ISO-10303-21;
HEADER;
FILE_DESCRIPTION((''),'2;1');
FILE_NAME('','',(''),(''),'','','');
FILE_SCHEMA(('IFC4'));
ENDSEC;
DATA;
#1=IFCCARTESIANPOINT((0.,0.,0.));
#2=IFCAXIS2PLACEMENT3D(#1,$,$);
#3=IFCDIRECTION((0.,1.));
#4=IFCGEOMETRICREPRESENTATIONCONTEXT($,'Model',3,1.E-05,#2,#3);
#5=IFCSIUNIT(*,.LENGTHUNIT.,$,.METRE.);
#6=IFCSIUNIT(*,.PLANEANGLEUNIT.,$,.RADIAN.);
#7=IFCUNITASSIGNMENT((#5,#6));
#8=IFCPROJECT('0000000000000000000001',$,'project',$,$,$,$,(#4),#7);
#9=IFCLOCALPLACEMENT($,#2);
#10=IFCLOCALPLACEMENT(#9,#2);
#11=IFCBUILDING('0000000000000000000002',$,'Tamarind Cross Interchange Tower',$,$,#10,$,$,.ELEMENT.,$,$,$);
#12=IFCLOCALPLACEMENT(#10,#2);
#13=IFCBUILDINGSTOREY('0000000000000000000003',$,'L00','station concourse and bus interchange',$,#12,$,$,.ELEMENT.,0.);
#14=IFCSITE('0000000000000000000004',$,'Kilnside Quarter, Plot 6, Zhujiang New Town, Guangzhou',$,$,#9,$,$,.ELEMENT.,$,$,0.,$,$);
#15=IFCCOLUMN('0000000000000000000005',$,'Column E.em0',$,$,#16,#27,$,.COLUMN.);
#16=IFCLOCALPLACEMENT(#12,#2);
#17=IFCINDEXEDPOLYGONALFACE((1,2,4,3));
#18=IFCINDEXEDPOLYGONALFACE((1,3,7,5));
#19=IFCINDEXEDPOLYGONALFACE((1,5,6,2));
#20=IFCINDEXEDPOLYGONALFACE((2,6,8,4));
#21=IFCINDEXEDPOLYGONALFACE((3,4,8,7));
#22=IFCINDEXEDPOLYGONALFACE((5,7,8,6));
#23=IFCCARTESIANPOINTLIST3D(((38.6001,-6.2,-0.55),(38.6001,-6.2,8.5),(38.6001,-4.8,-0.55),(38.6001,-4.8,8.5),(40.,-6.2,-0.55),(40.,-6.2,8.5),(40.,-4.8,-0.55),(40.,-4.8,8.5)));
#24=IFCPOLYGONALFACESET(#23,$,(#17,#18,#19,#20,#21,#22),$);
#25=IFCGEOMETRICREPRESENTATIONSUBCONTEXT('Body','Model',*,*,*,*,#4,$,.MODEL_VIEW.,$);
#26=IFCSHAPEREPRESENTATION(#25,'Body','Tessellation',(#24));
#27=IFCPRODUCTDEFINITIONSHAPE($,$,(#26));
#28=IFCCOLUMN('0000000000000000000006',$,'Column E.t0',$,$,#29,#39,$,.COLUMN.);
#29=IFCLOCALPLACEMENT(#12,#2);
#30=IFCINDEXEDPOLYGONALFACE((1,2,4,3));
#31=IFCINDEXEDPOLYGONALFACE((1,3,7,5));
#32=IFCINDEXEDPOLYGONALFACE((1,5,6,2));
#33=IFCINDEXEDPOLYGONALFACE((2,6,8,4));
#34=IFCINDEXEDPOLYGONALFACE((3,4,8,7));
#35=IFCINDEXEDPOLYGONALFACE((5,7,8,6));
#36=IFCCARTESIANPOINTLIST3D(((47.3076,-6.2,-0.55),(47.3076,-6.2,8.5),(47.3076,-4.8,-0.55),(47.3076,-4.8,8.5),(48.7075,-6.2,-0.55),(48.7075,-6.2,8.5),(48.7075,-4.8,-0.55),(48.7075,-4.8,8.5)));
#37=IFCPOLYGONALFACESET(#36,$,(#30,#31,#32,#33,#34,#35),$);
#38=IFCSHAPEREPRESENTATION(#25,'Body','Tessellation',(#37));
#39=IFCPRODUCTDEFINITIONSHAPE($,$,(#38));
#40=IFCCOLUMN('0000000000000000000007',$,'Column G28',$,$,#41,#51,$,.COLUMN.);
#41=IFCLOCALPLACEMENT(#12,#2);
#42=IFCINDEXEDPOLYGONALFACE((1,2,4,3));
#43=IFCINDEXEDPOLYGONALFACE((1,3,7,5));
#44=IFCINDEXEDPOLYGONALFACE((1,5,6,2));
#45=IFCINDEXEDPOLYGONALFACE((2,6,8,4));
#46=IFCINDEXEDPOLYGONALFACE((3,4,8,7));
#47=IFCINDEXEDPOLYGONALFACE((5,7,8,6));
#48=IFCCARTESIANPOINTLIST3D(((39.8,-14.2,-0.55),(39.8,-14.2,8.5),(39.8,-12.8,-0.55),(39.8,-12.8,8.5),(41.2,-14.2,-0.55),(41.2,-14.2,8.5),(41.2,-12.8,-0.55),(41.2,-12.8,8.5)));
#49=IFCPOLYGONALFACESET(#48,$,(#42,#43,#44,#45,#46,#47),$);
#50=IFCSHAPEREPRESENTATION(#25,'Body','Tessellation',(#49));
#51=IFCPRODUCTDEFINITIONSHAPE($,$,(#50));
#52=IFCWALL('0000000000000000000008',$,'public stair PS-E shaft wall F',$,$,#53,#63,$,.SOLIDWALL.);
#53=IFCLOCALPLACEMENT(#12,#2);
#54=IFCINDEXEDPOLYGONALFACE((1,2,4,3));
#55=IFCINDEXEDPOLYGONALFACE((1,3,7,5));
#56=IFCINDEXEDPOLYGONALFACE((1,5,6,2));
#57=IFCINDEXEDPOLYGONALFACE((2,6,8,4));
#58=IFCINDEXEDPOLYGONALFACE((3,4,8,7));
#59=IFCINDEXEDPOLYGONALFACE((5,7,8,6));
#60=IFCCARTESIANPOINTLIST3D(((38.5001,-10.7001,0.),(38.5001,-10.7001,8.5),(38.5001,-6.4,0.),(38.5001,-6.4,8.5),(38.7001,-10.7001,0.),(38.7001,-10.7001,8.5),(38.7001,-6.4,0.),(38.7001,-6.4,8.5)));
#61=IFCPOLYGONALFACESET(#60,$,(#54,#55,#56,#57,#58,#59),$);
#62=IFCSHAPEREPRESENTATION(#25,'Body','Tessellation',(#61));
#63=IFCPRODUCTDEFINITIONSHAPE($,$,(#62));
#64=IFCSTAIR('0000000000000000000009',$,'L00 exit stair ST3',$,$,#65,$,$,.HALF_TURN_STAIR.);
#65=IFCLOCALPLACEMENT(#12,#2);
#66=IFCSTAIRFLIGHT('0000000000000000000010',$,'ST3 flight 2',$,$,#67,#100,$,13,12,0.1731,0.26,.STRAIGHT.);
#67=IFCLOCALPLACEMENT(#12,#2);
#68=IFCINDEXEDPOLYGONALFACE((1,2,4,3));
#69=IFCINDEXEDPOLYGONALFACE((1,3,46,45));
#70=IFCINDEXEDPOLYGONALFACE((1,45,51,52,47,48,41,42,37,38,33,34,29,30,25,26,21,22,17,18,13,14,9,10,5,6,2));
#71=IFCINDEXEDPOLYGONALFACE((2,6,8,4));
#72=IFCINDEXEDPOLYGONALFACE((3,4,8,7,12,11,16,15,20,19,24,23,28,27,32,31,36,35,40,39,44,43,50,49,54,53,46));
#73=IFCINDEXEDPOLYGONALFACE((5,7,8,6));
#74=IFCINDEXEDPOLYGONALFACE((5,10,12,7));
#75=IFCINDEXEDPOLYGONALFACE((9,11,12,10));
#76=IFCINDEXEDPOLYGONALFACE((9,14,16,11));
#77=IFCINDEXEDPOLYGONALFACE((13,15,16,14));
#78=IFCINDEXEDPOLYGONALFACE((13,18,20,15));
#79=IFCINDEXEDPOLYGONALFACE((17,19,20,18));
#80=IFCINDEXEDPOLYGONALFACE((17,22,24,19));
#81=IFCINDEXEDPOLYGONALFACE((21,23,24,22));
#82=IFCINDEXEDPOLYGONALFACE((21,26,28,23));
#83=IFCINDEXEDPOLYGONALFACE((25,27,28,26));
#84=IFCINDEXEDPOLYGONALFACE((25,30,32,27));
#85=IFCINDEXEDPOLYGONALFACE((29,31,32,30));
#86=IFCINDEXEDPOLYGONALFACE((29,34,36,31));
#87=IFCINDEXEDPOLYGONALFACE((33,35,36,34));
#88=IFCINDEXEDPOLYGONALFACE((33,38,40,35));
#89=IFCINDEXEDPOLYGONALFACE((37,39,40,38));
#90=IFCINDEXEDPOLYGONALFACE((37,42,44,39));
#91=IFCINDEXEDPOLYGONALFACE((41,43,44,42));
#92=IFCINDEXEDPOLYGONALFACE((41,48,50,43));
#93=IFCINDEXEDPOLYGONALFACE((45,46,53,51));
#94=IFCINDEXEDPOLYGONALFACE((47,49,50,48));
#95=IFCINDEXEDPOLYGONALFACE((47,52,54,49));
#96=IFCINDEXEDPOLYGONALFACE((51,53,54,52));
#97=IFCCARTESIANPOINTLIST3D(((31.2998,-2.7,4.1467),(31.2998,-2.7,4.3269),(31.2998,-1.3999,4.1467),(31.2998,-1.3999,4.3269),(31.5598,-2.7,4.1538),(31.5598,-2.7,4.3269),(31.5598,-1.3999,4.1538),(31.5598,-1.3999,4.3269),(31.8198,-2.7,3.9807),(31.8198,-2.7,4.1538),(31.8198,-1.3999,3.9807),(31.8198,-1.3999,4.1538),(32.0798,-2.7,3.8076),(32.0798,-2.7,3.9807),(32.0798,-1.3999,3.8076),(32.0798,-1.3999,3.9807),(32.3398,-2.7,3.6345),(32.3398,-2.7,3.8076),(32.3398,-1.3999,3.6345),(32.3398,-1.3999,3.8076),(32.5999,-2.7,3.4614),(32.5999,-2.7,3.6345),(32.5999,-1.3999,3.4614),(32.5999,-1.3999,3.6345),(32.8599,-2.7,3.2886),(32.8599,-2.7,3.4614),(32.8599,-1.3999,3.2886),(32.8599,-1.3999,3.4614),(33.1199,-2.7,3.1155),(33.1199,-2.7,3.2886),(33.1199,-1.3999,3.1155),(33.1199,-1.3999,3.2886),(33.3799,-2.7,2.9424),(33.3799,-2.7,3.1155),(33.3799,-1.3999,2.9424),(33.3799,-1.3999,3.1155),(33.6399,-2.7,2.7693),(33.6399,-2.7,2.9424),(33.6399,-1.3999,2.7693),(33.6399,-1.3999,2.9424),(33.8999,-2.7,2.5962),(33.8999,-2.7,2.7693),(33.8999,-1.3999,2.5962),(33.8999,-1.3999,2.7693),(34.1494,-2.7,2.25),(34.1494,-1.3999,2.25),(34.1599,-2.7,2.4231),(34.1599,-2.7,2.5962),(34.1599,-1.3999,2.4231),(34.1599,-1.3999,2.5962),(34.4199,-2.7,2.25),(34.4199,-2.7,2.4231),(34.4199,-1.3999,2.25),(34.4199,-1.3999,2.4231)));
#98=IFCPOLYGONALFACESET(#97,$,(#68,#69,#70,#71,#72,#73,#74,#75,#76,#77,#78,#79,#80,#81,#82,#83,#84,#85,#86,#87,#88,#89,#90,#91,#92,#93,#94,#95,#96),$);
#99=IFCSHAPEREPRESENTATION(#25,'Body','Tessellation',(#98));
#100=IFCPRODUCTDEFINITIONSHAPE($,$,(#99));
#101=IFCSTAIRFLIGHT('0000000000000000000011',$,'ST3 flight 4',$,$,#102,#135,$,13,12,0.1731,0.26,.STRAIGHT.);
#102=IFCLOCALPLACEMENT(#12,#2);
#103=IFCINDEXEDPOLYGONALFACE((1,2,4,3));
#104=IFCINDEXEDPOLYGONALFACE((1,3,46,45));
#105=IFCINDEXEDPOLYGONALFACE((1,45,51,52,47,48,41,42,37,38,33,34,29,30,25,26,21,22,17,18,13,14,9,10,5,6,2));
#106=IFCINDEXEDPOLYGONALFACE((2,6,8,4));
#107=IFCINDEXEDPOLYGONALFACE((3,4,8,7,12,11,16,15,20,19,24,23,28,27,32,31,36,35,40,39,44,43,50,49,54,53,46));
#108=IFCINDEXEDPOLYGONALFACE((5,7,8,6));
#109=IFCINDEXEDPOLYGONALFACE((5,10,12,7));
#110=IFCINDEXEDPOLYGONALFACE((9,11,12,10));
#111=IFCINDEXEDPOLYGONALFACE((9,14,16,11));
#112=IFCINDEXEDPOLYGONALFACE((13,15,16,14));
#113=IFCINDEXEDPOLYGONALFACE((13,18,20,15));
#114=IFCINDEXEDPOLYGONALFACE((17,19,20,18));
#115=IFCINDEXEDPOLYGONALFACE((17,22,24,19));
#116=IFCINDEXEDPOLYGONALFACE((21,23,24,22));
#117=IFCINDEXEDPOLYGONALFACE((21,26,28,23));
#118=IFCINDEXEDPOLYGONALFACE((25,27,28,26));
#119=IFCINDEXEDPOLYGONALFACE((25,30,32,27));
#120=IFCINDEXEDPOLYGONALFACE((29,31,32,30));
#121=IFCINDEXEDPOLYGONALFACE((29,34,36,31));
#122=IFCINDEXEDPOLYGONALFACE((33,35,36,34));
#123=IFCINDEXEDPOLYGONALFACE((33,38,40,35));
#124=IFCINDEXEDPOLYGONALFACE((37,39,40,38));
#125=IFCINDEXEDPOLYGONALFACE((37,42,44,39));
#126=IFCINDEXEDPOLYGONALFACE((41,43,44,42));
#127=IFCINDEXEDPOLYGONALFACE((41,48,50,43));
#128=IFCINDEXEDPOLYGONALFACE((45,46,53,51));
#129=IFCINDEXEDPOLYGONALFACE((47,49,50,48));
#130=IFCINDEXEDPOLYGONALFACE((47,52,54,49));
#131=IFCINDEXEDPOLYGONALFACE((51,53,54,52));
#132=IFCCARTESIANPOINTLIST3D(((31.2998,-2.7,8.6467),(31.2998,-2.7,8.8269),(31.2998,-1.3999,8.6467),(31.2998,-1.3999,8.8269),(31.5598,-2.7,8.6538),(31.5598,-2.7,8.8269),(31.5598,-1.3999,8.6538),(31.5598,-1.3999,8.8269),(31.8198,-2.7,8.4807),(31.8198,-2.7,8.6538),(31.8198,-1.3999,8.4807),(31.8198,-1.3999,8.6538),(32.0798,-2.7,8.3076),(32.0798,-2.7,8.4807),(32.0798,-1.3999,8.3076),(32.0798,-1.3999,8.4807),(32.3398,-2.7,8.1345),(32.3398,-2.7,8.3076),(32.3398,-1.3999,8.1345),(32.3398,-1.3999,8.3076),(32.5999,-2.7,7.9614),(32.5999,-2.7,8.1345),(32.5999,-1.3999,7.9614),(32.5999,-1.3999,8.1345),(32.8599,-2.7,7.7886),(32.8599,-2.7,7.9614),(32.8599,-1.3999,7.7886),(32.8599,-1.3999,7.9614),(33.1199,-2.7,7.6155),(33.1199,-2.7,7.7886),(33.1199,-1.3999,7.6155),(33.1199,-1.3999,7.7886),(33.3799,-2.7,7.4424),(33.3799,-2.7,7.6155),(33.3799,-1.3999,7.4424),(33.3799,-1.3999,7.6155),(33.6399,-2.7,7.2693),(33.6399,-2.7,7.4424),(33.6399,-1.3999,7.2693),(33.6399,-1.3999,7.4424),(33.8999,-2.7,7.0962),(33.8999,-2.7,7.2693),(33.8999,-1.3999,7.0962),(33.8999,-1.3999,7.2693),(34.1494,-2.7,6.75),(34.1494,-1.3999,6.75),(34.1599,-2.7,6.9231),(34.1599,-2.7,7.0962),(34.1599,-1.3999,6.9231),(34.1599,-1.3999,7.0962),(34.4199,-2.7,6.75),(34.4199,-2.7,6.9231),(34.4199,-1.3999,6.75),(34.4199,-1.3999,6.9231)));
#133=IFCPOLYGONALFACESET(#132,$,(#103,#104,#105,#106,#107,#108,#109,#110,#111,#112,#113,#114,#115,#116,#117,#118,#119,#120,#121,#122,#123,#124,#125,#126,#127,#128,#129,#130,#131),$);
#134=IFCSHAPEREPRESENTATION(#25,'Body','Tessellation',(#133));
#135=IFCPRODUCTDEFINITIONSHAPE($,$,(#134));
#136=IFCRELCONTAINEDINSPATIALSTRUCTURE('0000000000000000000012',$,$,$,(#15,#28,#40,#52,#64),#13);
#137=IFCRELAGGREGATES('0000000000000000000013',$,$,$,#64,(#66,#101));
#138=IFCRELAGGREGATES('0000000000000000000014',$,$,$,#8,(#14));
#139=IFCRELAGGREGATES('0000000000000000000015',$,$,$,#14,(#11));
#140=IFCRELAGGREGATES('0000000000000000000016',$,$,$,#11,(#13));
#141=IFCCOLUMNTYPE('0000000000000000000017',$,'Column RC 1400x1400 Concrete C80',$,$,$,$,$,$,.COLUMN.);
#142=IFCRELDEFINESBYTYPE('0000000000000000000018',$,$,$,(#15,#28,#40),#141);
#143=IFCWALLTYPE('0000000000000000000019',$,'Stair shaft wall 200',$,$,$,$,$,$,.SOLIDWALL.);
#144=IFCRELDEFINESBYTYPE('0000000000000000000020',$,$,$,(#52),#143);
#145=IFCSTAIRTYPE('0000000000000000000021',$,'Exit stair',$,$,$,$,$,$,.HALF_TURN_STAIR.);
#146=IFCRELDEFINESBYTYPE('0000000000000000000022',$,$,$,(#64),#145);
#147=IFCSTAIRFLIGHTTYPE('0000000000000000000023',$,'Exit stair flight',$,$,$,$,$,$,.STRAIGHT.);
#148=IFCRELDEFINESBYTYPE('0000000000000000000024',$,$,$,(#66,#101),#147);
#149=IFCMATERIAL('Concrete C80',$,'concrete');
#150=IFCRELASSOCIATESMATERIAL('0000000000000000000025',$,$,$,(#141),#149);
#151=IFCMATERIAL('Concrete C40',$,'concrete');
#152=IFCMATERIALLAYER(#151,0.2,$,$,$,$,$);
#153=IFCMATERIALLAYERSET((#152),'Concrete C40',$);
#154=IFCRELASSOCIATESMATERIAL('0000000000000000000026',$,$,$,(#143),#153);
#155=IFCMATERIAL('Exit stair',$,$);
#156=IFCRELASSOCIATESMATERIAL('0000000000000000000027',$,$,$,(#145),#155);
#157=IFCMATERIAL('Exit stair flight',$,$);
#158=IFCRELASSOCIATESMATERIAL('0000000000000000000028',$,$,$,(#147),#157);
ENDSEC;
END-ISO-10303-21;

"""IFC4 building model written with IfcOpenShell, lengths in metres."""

from ifc_helpers import new_model, si_unit, direction, frame, frame_2d, origin, origin_2d, place, context, subcontext, project, spatial, polyline, rectangle, outline, extrude, material, layer, layer_set, material_profile, profile_set, type_object, element, aggregate, save


model = new_model("IFC4")

# Units and contexts
model_context = context("Model", 3, precision=1e-05, world=origin(), true_north=direction((0.0, 1.0)))
body_context = subcontext(model_context, "Body", "Model", "MODEL_VIEW")
ifc_project = project(units=[si_unit("LENGTHUNIT", "METRE"), si_unit("PLANEANGLEUNIT", "RADIAN")], contexts=[model_context])

# Site, building, storey
site_placement = place(None, origin())
site = spatial("IfcSite", under=ifc_project, at=site_placement, Name="Kilnside Quarter, Plot 6, Zhujiang New Town, Guangzhou", CompositionType="ELEMENT", RefElevation=0.0)
building_placement = place(site_placement, origin())
building = spatial("IfcBuilding", under=site, at=building_placement, Name="Tamarind Cross Interchange Tower", CompositionType="ELEMENT")
storey_placement = place(building_placement, origin())
storey = spatial("IfcBuildingStorey", under=building, at=storey_placement, Name="L00", Description="station concourse and bus interchange", CompositionType="ELEMENT", Elevation=0.0)

# Columns
ifc_material_1 = material(Name="Concrete C80", Category="concrete")
ifc_material_profile = material_profile(ifc_material_1, rectangle(XDim=1.3999, YDim=1.3999, at=origin_2d()), Name="RC 1400x1400")
ifc_profile_set = profile_set([ifc_material_profile], Name="Concrete C80")
column_type = type_object("IfcColumnType", Name="Column RC 1400x1400 Concrete C80", PredefinedType="COLUMN", material=ifc_profile_set)
for number, where, z_axis, x_axis, name in (
    (1, (39.3, -5.5, -0.55), (0.0, 0.0, 1.0), (1.0, 0.0, 0.0), "Column E.em0"),
    (2, (48.0076, -5.5, -0.55), (0.0, 0.0, 1.0), (1.0, 0.0, 0.0), "Column E.t0"),
    (3, (40.5, -13.5, -0.55), (0.0, 0.0, 1.0), (1.0, 0.0, 0.0), "Column G28"),
):
    element("IfcColumn", number, at=place(storey_placement, frame(where, z_axis=z_axis, x_axis=x_axis)), inside=storey, type_object=column_type, Name=name, PredefinedType="COLUMN", context=body_context, shape_type="SweptSolid", body=[
        extrude(rectangle(XDim=1.3999, YDim=1.3999, at=origin_2d()), origin(), (0.0, 0.0, 1.0), 9.05),
    ])

# Wall
ifc_material_2 = material(Name="Concrete C40", Category="concrete")
ifc_layer = layer(ifc_material_2, 0.2)
ifc_layer_set = layer_set([ifc_layer], Name="Concrete C40")
wall_type = type_object("IfcWallType", Name="Stair shaft wall 200", PredefinedType="SOLIDWALL", material=ifc_layer_set)
wall_placement = place(storey_placement, frame((38.6001, -10.7, 0.0), z_axis=(0.0, 0.0, 1.0), x_axis=(0.0, 1.0, 0.0)))
element("IfcWall", 4, at=wall_placement, inside=storey, type_object=wall_type, Name="public stair PS-E shaft wall F", PredefinedType="SOLIDWALL", context=body_context, shape_type="SweptSolid", body=[
    extrude(rectangle(XDim=4.3, YDim=0.2, at=frame_2d((2.1499, 0.0))), origin(), (0.0, 0.0, 1.0), 8.5),
])

# Stair, stair flights
ifc_material_3 = material(Name="Exit stair")
stair_type_1 = type_object("IfcStairType", Name="Exit stair", PredefinedType="HALF_TURN_STAIR", material=ifc_material_3)
stair_1_placement = place(storey_placement, origin())
stair_1 = element("IfcStair", 5, at=stair_1_placement, inside=storey, type_object=stair_type_1, Name="L00 exit stair ST3", PredefinedType="HALF_TURN_STAIR")
ifc_material_4 = material(Name="Exit stair flight")
stair_flight_type_1 = type_object("IfcStairFlightType", Name="Exit stair flight", PredefinedType="STRAIGHT", material=ifc_material_4)
stair_flight_1_placement = place(storey_placement, frame((34.4199, -2.05, 2.25), z_axis=(0.0, 0.0, 1.0), x_axis=(-1.0, 0.0, 0.0)))
stair_flight_1 = element("IfcStairFlight", 6, at=stair_flight_1_placement, type_object=stair_flight_type_1, Name="ST3 flight 2", NumberOfRisers=13, NumberOfTreads=12, PredefinedType="STRAIGHT", RiserHeight=0.1731, TreadLength=0.26, context=body_context, shape_type="SweptSolid", body=[
    extrude(outline(polyline([(0.0, 0.0), (0.0, 0.1731), (0.26, 0.1731), (0.26, 0.3462), (0.52, 0.3462), (0.52, 0.5193), (0.78, 0.5193), (0.78, 0.6924), (1.04, 0.6924), (1.04, 0.8655), (1.3, 0.8655), (1.3, 1.0386), (1.5601, 1.0386), (1.5601, 1.2114), (1.8201, 1.2114), (1.8201, 1.3845), (2.0801, 1.3845), (2.0801, 1.5576), (2.3401, 1.5576), (2.3401, 1.7307), (2.6001, 1.7307), (2.6001, 1.9038), (2.8601, 1.9038), (2.8601, 2.0769), (3.1201, 2.0769), (3.1201, 2.25), (3.1201, 1.8967), (0.2705, 0.0), (0.0, 0.0)])), frame((0.0, 0.6499, 0.0), z_axis=(0.0, -1.0, 0.0), x_axis=(1.0, 0.0, 0.0)), (0.0, 0.0, 1.0), 1.3),
])
stair_flight_2_placement = place(storey_placement, frame((34.4199, -2.05, 6.75), z_axis=(0.0, 0.0, 1.0), x_axis=(-1.0, 0.0, 0.0)))
stair_flight_2 = element("IfcStairFlight", 7, at=stair_flight_2_placement, type_object=stair_flight_type_1, Name="ST3 flight 4", NumberOfRisers=13, NumberOfTreads=12, PredefinedType="STRAIGHT", RiserHeight=0.1731, TreadLength=0.26, context=body_context, shape_type="SweptSolid", body=[
    extrude(outline(polyline([(0.0, 0.0), (0.0, 0.1731), (0.26, 0.1731), (0.26, 0.3462), (0.52, 0.3462), (0.52, 0.5193), (0.78, 0.5193), (0.78, 0.6924), (1.04, 0.6924), (1.04, 0.8655), (1.3, 0.8655), (1.3, 1.0386), (1.5601, 1.0386), (1.5601, 1.2114), (1.8201, 1.2114), (1.8201, 1.3845), (2.0801, 1.3845), (2.0801, 1.5576), (2.3401, 1.5576), (2.3401, 1.7307), (2.6001, 1.7307), (2.6001, 1.9038), (2.8601, 1.9038), (2.8601, 2.0769), (3.1201, 2.0769), (3.1201, 2.25), (3.1201, 1.8967), (0.2705, 0.0), (0.0, 0.0)])), frame((0.0, 0.6499, 0.0), z_axis=(0.0, -1.0, 0.0), x_axis=(1.0, 0.0, 0.0)), (0.0, 0.0, 1.0), 1.3),
])
aggregate(stair_1, [stair_flight_1, stair_flight_2])

save(model, "model.ifc")
